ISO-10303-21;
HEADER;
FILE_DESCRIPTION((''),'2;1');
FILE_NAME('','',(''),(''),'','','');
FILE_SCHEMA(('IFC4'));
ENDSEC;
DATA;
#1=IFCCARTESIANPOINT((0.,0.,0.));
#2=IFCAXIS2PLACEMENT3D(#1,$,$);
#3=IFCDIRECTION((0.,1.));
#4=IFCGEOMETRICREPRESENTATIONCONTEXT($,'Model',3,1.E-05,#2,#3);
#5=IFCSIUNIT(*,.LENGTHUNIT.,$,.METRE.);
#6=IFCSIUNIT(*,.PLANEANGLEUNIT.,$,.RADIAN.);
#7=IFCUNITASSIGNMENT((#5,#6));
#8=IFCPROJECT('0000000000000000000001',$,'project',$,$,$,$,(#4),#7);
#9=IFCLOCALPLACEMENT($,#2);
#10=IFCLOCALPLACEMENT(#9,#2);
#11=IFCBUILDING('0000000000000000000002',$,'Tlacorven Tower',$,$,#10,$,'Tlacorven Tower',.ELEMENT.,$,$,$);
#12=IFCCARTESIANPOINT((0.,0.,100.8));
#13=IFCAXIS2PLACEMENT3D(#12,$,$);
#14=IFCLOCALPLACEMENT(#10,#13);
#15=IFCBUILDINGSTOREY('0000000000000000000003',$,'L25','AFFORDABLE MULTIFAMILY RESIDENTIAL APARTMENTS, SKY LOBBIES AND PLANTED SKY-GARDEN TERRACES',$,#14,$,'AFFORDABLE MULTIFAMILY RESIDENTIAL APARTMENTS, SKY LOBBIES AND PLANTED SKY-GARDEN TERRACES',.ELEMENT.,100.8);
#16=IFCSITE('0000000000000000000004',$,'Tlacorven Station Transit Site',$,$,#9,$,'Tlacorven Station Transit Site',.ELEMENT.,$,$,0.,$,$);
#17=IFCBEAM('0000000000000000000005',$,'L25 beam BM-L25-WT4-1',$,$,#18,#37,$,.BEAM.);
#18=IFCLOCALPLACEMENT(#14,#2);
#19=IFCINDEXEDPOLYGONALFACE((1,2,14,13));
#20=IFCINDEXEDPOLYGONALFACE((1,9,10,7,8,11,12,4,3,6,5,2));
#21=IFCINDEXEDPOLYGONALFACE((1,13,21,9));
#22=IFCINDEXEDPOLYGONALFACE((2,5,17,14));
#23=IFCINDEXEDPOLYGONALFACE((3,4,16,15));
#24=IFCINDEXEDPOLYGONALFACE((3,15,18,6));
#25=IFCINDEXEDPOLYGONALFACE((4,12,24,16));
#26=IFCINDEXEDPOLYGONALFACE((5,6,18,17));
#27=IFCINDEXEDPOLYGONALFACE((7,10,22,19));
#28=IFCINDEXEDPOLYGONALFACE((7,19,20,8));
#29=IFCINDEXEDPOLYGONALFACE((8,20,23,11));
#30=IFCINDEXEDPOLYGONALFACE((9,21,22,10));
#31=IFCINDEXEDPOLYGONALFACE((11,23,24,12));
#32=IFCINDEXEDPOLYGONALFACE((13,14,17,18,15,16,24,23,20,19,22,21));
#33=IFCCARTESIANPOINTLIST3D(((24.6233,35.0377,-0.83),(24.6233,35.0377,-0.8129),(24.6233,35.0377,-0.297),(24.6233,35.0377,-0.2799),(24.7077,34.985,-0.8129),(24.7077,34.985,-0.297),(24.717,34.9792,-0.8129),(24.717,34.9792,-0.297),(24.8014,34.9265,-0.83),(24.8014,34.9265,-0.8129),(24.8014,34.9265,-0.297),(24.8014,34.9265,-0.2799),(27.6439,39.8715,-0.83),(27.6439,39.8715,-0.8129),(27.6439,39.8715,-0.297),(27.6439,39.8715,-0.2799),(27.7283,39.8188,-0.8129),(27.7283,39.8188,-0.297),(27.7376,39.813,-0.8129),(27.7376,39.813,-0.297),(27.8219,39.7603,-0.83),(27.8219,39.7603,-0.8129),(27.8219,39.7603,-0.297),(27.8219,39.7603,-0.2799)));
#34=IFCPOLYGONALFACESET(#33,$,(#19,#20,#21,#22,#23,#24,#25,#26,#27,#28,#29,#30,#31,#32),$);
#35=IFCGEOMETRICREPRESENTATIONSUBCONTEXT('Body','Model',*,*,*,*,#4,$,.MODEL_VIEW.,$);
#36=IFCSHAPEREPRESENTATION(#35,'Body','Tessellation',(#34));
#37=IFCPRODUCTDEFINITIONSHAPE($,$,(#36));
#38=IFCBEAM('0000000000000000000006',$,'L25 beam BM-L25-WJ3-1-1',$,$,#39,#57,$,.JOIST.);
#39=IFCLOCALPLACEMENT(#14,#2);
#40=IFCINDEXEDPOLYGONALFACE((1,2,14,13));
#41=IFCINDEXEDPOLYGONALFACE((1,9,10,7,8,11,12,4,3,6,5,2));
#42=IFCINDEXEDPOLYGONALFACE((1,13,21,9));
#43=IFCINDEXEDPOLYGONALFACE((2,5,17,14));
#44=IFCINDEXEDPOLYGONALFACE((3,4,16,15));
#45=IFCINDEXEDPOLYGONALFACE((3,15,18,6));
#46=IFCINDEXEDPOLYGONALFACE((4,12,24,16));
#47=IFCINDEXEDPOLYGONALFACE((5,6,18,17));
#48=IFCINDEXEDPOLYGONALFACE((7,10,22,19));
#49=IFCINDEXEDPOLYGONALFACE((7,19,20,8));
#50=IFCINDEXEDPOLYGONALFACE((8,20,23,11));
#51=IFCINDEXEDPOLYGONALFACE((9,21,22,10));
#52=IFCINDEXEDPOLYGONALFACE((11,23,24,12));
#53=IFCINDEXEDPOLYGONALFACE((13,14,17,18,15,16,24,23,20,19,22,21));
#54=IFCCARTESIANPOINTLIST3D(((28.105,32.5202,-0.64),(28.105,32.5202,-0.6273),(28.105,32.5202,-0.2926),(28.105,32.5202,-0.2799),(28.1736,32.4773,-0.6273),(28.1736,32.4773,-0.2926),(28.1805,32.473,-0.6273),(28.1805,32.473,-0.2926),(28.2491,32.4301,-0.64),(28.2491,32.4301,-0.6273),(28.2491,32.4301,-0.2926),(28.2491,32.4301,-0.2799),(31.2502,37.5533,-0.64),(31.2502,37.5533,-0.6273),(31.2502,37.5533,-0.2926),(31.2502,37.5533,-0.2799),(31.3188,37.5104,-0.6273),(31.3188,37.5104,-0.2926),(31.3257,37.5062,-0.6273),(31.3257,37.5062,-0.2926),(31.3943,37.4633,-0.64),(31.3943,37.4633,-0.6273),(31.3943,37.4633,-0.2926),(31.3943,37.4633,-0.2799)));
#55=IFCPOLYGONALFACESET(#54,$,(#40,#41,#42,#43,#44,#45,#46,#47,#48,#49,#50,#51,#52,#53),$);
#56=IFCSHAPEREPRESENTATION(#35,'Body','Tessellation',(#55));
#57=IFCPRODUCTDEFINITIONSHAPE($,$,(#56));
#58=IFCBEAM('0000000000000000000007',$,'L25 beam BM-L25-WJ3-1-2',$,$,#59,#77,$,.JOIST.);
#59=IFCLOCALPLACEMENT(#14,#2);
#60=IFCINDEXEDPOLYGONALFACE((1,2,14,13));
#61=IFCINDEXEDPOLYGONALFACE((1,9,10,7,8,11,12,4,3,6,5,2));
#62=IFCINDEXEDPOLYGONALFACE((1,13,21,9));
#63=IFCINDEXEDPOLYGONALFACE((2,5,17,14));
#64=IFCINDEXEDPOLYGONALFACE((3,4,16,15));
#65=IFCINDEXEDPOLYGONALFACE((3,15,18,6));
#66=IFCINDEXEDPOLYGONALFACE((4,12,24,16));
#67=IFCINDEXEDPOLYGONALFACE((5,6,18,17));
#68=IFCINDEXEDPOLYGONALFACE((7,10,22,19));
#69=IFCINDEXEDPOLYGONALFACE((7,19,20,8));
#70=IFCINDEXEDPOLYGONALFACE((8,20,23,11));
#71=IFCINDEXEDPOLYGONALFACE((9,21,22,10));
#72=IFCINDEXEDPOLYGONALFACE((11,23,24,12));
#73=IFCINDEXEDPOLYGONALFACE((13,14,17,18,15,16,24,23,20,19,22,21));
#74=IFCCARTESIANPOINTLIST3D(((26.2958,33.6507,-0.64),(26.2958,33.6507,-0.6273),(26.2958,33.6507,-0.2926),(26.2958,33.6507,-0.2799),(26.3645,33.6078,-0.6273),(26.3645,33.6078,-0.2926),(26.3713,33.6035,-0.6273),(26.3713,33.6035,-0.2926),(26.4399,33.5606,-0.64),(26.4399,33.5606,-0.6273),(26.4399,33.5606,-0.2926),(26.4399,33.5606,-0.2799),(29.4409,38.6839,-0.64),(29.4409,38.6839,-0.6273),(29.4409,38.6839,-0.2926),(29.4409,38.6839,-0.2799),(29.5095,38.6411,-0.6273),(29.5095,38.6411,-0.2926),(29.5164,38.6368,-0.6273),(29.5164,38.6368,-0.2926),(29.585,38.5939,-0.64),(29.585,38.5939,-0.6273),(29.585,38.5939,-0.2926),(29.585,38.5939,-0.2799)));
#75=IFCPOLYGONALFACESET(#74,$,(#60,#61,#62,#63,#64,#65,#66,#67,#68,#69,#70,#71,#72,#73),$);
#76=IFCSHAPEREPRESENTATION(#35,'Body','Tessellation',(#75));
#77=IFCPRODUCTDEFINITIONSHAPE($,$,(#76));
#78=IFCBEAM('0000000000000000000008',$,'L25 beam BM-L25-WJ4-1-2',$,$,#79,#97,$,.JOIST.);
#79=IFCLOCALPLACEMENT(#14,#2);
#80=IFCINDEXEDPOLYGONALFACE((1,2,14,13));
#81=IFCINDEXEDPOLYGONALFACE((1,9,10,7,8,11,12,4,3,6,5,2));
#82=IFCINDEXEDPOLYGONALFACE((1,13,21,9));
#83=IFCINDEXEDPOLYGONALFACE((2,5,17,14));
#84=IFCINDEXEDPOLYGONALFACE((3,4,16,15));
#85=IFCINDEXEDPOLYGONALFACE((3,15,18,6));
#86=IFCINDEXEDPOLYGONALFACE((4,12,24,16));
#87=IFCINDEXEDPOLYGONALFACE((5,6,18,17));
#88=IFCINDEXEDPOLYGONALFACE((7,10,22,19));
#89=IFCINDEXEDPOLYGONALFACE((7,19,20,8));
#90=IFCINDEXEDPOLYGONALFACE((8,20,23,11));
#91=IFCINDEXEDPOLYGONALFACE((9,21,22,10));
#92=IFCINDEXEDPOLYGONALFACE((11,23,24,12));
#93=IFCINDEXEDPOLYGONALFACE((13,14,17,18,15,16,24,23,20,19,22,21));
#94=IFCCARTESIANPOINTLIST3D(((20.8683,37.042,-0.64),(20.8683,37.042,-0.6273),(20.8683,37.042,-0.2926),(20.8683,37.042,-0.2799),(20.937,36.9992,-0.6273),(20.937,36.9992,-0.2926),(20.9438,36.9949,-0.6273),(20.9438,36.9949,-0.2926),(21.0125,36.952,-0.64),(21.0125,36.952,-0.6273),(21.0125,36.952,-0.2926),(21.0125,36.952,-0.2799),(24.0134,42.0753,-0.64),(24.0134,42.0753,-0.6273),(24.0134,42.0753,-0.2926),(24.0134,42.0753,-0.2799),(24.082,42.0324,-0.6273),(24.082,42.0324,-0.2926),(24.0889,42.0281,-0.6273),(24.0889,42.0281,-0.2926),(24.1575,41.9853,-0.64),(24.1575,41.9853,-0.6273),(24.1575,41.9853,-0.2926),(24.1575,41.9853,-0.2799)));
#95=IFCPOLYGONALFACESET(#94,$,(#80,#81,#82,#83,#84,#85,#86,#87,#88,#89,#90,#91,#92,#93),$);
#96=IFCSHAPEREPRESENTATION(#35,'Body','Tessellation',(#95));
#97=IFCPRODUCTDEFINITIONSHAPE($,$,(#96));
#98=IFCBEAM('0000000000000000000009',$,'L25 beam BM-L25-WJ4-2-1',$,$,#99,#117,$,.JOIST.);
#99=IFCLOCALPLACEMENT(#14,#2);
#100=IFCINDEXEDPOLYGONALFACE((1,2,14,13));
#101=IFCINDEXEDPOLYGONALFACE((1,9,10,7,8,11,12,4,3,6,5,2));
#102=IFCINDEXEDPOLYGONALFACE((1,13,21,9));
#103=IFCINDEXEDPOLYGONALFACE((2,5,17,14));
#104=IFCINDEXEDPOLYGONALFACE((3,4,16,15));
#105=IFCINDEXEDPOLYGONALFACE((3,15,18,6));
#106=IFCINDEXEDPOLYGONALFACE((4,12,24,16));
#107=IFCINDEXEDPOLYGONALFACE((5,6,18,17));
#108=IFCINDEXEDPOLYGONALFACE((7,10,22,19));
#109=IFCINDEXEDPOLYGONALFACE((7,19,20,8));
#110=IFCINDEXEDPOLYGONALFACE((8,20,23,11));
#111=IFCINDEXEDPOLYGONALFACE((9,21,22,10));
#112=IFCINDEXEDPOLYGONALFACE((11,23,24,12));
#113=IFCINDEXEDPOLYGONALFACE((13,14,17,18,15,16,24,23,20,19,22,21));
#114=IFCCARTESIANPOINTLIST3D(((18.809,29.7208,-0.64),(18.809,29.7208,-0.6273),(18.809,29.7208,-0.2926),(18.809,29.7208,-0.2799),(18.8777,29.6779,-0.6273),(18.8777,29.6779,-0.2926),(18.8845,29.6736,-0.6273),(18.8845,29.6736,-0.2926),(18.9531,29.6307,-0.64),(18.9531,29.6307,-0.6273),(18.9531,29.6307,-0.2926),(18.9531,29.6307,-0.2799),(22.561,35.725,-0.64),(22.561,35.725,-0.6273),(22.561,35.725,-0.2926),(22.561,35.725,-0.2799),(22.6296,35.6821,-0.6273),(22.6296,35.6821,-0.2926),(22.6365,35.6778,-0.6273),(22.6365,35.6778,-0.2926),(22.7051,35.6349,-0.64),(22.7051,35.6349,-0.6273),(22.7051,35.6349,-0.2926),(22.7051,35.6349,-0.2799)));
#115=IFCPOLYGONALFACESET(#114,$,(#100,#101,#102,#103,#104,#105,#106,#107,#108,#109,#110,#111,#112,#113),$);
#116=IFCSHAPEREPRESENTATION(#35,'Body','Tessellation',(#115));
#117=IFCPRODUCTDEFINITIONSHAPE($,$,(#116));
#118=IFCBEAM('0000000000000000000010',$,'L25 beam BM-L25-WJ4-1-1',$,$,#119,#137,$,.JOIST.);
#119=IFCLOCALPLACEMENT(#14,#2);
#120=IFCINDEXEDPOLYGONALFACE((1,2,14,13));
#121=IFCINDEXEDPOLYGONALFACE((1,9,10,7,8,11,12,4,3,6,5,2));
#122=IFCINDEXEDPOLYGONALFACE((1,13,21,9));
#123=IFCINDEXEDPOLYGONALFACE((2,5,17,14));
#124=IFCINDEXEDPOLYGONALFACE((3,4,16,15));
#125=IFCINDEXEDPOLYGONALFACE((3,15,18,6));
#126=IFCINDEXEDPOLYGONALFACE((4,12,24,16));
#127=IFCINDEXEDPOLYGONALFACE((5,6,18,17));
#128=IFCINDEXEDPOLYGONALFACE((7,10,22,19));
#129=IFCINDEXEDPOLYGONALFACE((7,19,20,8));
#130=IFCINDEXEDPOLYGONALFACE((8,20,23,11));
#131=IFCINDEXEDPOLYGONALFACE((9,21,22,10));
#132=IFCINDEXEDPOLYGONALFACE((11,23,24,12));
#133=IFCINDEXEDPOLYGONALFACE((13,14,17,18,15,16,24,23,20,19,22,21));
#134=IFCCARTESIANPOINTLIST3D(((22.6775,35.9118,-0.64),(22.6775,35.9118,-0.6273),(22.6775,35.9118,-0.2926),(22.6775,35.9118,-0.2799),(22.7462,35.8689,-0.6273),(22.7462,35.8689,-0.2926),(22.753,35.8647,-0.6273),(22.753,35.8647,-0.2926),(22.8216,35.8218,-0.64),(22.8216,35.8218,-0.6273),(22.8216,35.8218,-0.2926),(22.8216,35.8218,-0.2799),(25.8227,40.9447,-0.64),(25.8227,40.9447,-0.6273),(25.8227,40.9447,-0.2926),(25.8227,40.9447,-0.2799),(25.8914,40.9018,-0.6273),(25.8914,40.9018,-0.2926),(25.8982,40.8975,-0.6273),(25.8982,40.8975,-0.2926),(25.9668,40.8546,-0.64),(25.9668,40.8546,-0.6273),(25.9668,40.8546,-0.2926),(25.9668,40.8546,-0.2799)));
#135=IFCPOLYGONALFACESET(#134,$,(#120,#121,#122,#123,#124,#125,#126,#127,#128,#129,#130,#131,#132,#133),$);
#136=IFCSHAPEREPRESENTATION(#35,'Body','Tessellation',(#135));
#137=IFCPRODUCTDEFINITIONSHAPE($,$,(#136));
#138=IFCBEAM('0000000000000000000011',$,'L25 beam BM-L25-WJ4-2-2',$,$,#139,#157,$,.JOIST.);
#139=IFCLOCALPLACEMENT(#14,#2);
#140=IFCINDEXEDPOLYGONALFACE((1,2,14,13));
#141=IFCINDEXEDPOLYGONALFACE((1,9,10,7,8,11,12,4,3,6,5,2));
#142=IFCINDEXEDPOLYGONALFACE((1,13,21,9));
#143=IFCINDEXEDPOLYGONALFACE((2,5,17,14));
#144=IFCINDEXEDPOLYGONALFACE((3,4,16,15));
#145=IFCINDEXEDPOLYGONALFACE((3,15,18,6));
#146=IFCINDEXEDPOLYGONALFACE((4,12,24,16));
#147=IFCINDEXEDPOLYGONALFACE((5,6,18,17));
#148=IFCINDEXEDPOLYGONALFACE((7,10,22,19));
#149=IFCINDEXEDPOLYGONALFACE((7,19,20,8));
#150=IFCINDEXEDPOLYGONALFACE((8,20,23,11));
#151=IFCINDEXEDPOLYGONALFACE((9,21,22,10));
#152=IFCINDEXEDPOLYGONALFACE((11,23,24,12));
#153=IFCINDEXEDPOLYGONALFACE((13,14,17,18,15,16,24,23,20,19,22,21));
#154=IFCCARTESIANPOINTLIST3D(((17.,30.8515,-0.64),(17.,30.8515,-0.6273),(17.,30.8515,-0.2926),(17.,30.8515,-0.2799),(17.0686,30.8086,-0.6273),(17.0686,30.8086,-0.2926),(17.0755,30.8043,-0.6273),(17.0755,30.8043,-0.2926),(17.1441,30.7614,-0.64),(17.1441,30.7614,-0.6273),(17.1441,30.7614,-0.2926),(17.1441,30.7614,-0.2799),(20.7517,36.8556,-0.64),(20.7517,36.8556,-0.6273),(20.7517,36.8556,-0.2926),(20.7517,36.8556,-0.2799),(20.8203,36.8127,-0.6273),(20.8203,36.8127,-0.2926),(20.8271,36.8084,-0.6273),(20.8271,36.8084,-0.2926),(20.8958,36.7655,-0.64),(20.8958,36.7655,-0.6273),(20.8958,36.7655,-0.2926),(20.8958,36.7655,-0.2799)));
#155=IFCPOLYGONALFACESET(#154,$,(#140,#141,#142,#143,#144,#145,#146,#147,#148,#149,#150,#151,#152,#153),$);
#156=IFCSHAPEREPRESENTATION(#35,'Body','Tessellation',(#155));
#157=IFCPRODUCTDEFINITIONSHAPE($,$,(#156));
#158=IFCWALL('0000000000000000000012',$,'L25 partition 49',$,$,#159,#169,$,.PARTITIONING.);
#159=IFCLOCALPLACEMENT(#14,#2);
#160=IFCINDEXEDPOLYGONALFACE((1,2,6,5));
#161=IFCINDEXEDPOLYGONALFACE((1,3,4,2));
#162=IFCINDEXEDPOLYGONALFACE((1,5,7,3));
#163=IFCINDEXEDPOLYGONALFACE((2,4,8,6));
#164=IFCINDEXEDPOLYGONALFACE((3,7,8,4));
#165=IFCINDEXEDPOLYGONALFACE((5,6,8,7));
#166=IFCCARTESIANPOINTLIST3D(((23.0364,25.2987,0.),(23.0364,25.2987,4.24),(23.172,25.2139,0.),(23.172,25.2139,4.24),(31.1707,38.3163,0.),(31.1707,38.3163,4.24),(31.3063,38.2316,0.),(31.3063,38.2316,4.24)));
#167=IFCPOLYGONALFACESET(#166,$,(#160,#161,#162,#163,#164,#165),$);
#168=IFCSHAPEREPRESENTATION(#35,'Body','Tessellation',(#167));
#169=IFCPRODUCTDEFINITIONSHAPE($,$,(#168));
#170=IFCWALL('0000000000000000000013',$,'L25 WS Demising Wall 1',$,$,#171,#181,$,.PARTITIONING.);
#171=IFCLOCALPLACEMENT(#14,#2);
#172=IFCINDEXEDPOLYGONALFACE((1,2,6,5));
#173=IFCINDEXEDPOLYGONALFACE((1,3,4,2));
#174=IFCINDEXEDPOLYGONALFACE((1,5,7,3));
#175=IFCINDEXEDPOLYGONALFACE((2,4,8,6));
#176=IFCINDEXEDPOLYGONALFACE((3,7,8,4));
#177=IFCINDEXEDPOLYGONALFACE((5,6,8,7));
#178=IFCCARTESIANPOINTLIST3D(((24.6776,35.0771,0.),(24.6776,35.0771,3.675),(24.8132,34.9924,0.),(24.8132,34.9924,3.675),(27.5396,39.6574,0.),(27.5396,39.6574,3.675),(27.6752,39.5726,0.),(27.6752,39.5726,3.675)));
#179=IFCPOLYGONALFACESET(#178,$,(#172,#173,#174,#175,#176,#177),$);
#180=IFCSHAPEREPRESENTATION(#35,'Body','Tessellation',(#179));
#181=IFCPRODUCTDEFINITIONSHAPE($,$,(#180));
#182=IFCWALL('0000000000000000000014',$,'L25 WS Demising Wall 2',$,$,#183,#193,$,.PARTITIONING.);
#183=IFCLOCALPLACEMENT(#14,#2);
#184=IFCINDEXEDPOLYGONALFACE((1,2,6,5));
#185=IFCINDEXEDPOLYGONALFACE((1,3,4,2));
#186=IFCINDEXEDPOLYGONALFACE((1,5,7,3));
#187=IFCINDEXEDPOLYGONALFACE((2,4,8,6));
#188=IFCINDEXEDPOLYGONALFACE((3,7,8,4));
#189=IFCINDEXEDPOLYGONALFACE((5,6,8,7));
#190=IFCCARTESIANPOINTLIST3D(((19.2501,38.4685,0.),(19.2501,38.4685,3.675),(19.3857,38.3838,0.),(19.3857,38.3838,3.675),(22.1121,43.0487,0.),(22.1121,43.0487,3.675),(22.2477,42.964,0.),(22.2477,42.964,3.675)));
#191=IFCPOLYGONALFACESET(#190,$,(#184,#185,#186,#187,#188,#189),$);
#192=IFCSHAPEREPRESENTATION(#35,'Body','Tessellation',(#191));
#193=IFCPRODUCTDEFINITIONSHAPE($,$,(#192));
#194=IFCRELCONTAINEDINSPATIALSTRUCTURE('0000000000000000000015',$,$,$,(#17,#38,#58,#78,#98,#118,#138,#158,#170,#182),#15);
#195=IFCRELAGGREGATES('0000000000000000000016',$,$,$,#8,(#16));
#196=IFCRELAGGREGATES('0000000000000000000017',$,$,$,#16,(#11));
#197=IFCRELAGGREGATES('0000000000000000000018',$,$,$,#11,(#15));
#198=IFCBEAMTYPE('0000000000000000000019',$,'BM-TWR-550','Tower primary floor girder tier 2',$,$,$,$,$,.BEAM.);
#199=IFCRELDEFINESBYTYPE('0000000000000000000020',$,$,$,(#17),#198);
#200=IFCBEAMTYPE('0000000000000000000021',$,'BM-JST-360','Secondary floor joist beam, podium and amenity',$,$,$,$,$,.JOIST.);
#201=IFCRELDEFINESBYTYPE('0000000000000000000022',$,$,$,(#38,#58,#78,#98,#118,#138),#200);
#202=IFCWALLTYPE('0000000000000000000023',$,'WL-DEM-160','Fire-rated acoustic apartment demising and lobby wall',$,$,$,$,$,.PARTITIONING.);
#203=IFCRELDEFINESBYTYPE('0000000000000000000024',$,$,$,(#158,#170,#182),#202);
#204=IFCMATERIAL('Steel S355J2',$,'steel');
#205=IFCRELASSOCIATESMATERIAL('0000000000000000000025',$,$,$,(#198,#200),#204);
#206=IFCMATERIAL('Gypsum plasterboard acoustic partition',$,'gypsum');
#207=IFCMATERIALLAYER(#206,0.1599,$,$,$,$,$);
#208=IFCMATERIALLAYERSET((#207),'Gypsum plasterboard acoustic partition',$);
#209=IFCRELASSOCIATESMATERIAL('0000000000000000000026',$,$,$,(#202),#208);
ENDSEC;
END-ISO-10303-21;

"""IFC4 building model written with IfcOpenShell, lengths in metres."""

from ifc_helpers import new_model, si_unit, direction, frame, frame_2d, origin, origin_2d, place, context, subcontext, project, spatial, rectangle, i_section, extrude, source, transform, mapped, material, layer, layer_set, material_profile, profile_set, type_object, element, save


model = new_model("IFC4")

# Units and contexts
model_context = context("Model", 3, precision=1e-05, world=origin(), true_north=direction((0.0, 1.0)))
body_context = subcontext(model_context, "Body", "Model", "MODEL_VIEW")
ifc_project = project(units=[si_unit("LENGTHUNIT", "METRE"), si_unit("PLANEANGLEUNIT", "RADIAN")], contexts=[model_context])

# Site, building, storey
site_placement = place(None, origin())
site = spatial("IfcSite", under=ifc_project, at=site_placement, Name="Tlacorven Station Transit Site", LongName="Tlacorven Station Transit Site", CompositionType="ELEMENT", RefElevation=0.0)
building_placement = place(site_placement, origin())
building = spatial("IfcBuilding", under=site, at=building_placement, Name="Tlacorven Tower", LongName="Tlacorven Tower", CompositionType="ELEMENT")
storey_placement = place(building_placement, frame((0.0, 0.0, 100.8)))
storey = spatial("IfcBuildingStorey", under=building, at=storey_placement, Name="L25", Description="AFFORDABLE MULTIFAMILY RESIDENTIAL APARTMENTS, SKY LOBBIES AND PLANTED SKY-GARDEN TERRACES", LongName="AFFORDABLE MULTIFAMILY RESIDENTIAL APARTMENTS, SKY LOBBIES AND PLANTED SKY-GARDEN TERRACES", CompositionType="ELEMENT", Elevation=100.8)

# Beams
ifc_material_1 = material(Name="Steel S355J2", Category="steel")
ifc_material_profile_1 = material_profile(ifc_material_1, i_section(OverallWidth=0.21, OverallDepth=0.55, WebThickness=0.011, FlangeThickness=0.0171, at=origin_2d()), Name="IPE 550")
ifc_profile_set_1 = profile_set([ifc_material_profile_1], Name="Steel S355J2")
beam_type_1 = type_object("IfcBeamType", Name="BM-TWR-550", Description="Tower primary floor girder tier 2", PredefinedType="BEAM", material=ifc_profile_set_1)
shared_shape_1 = source(origin(), body_context, "Body", "SweptSolid", [
    extrude(i_section(OverallWidth=0.21, OverallDepth=0.55, WebThickness=0.011, FlangeThickness=0.0171, at=origin_2d()), origin(), (0.0, 0.0, 1.0), 5.7),
])
beam_1_placement = place(storey_placement, frame((27.7329, 39.8159, -0.5549), z_axis=(-0.529926, -0.848044, 0.0), x_axis=(0.848044, -0.529926, 0.0)))
element("IfcBeam", 1, at=beam_1_placement, inside=storey, type_object=beam_type_1, Name="L25 beam BM-L25-WT4-1", PredefinedType="BEAM", context=body_context, shape_type="MappedRepresentation", body=[
    mapped(shared_shape_1, transform((0.0, 0.0, 0.0), scale=1.0)),
])
ifc_material_profile_2 = material_profile(ifc_material_1, i_section(OverallWidth=0.1699, OverallDepth=0.3601, WebThickness=0.0081, FlangeThickness=0.0127, at=origin_2d()), Name="IPE 360")
ifc_profile_set_2 = profile_set([ifc_material_profile_2], Name="Steel S355J2")
beam_type_2 = type_object("IfcBeamType", Name="BM-JST-360", Description="Secondary floor joist beam, podium and amenity", PredefinedType="JOIST", material=ifc_profile_set_2)
shared_shape_2 = source(origin(), body_context, "Body", "SweptSolid", [
    extrude(i_section(OverallWidth=0.1699, OverallDepth=0.3601, WebThickness=0.0081, FlangeThickness=0.0127, at=origin_2d()), origin(), (0.0, 0.0, 1.0), 5.9351),
])
for number, where, z_axis, x_axis, name in (
    (2, (31.3223, 37.5083, -0.46), (-0.52994, -0.848035, 0.0), (0.848035, -0.52994, 0.0), "L25 beam BM-L25-WJ3-1-1"),
    (3, (29.5129, 38.6389, -0.46), (-0.52991, -0.848054, 0.0), (0.848054, -0.52991, 0.0), "L25 beam BM-L25-WJ3-1-2"),
    (4, (24.0854, 42.0303, -0.46), (-0.52991, -0.848054, 0.0), (0.848054, -0.52991, 0.0), "L25 beam BM-L25-WJ4-1-2"),
):
    element("IfcBeam", number, at=place(storey_placement, frame(where, z_axis=z_axis, x_axis=x_axis)), inside=storey, type_object=beam_type_2, Name=name, PredefinedType="JOIST", context=body_context, shape_type="MappedRepresentation", body=[
        mapped(shared_shape_2, transform((0.0, 0.0, 0.0), scale=1.0)),
    ])
shared_shape_3 = source(origin(), body_context, "Body", "SweptSolid", [
    extrude(i_section(OverallWidth=0.1699, OverallDepth=0.3601, WebThickness=0.0081, FlangeThickness=0.0127, at=origin_2d()), origin(), (0.0, 0.0, 1.0), 7.0801),
])
beam_2_placement = place(storey_placement, frame((22.6331, 35.6799, -0.46), z_axis=(-0.529934, -0.848039, 0.0), x_axis=(0.848039, -0.529934, 0.0)))
element("IfcBeam", 5, at=beam_2_placement, inside=storey, type_object=beam_type_2, Name="L25 beam BM-L25-WJ4-2-1", PredefinedType="JOIST", context=body_context, shape_type="MappedRepresentation", body=[
    mapped(shared_shape_3, transform((0.0, 0.0, 0.0), scale=1.0)),
])
shared_shape_4 = source(origin(), body_context, "Body", "SweptSolid", [
    extrude(i_section(OverallWidth=0.1699, OverallDepth=0.3601, WebThickness=0.0081, FlangeThickness=0.0127, at=origin_2d()), origin(), (0.0, 0.0, 1.0), 5.9348),
])
beam_3_placement = place(storey_placement, frame((25.8948, 40.8997, -0.46), z_axis=(-0.529958, -0.848024, 0.0), x_axis=(0.848024, -0.529958, 0.0)))
element("IfcBeam", 6, at=beam_3_placement, inside=storey, type_object=beam_type_2, Name="L25 beam BM-L25-WJ4-1-1", PredefinedType="JOIST", context=body_context, shape_type="MappedRepresentation", body=[
    mapped(shared_shape_4, transform((0.0, 0.0, 0.0), scale=1.0)),
])
shared_shape_5 = source(origin(), body_context, "Body", "SweptSolid", [
    extrude(i_section(OverallWidth=0.1699, OverallDepth=0.3601, WebThickness=0.0081, FlangeThickness=0.0127, at=origin_2d()), origin(), (0.0, 0.0, 1.0), 7.0798),
])
beam_4_placement = place(storey_placement, frame((20.8237, 36.8105, -0.46), z_axis=(-0.529909, -0.848054, 0.0), x_axis=(0.848054, -0.529909, 0.0)))
element("IfcBeam", 7, at=beam_4_placement, inside=storey, type_object=beam_type_2, Name="L25 beam BM-L25-WJ4-2-2", PredefinedType="JOIST", context=body_context, shape_type="MappedRepresentation", body=[
    mapped(shared_shape_5, transform((0.0, 0.0, 0.0), scale=1.0)),
])

# Walls
ifc_material_2 = material(Name="Gypsum plasterboard acoustic partition", Category="gypsum")
ifc_layer_1 = layer(ifc_material_2, 0.1599)
ifc_layer_set_1 = layer_set([ifc_layer_1], Name="Gypsum plasterboard acoustic partition")
wall_type_1 = type_object("IfcWallType", Name="WL-DEM-160", Description="Fire-rated acoustic apartment demising and lobby wall", PredefinedType="PARTITIONING", material=ifc_layer_set_1)
wall_1_placement = place(storey_placement, frame((31.2385, 38.2739, 0.0), z_axis=(0.0, 0.0, 1.0), x_axis=(-0.529919, -0.848048, 0.0)))
element("IfcWall", 8, at=wall_1_placement, inside=storey, type_object=wall_type_1, Name="L25 partition 49", PredefinedType="PARTITIONING", context=body_context, shape_type="SweptSolid", body=[
    extrude(rectangle(XDim=15.3501, YDim=0.1599, at=frame_2d((7.675, 0.0))), origin(), (0.0, 0.0, 1.0), 4.24),
])
for number, where, z_axis, x_axis, name in (
    (9, (27.6074, 39.615, 0.0), (0.0, 0.0, 1.0), (-0.529914, -0.848052, 0.0), "L25 WS Demising Wall 1"),
    (10, (22.1799, 43.0063, 0.0), (0.0, 0.0, 1.0), (-0.529914, -0.848052, 0.0), "L25 WS Demising Wall 2"),
):
    element("IfcWall", number, at=place(storey_placement, frame(where, z_axis=z_axis, x_axis=x_axis)), inside=storey, type_object=wall_type_1, Name=name, PredefinedType="PARTITIONING", context=body_context, shape_type="SweptSolid", body=[
        extrude(rectangle(XDim=5.4009, YDim=0.1599, at=frame_2d((2.7004, 0.0))), origin(), (0.0, 0.0, 1.0), 3.675),
    ])

save(model, "model.ifc")
